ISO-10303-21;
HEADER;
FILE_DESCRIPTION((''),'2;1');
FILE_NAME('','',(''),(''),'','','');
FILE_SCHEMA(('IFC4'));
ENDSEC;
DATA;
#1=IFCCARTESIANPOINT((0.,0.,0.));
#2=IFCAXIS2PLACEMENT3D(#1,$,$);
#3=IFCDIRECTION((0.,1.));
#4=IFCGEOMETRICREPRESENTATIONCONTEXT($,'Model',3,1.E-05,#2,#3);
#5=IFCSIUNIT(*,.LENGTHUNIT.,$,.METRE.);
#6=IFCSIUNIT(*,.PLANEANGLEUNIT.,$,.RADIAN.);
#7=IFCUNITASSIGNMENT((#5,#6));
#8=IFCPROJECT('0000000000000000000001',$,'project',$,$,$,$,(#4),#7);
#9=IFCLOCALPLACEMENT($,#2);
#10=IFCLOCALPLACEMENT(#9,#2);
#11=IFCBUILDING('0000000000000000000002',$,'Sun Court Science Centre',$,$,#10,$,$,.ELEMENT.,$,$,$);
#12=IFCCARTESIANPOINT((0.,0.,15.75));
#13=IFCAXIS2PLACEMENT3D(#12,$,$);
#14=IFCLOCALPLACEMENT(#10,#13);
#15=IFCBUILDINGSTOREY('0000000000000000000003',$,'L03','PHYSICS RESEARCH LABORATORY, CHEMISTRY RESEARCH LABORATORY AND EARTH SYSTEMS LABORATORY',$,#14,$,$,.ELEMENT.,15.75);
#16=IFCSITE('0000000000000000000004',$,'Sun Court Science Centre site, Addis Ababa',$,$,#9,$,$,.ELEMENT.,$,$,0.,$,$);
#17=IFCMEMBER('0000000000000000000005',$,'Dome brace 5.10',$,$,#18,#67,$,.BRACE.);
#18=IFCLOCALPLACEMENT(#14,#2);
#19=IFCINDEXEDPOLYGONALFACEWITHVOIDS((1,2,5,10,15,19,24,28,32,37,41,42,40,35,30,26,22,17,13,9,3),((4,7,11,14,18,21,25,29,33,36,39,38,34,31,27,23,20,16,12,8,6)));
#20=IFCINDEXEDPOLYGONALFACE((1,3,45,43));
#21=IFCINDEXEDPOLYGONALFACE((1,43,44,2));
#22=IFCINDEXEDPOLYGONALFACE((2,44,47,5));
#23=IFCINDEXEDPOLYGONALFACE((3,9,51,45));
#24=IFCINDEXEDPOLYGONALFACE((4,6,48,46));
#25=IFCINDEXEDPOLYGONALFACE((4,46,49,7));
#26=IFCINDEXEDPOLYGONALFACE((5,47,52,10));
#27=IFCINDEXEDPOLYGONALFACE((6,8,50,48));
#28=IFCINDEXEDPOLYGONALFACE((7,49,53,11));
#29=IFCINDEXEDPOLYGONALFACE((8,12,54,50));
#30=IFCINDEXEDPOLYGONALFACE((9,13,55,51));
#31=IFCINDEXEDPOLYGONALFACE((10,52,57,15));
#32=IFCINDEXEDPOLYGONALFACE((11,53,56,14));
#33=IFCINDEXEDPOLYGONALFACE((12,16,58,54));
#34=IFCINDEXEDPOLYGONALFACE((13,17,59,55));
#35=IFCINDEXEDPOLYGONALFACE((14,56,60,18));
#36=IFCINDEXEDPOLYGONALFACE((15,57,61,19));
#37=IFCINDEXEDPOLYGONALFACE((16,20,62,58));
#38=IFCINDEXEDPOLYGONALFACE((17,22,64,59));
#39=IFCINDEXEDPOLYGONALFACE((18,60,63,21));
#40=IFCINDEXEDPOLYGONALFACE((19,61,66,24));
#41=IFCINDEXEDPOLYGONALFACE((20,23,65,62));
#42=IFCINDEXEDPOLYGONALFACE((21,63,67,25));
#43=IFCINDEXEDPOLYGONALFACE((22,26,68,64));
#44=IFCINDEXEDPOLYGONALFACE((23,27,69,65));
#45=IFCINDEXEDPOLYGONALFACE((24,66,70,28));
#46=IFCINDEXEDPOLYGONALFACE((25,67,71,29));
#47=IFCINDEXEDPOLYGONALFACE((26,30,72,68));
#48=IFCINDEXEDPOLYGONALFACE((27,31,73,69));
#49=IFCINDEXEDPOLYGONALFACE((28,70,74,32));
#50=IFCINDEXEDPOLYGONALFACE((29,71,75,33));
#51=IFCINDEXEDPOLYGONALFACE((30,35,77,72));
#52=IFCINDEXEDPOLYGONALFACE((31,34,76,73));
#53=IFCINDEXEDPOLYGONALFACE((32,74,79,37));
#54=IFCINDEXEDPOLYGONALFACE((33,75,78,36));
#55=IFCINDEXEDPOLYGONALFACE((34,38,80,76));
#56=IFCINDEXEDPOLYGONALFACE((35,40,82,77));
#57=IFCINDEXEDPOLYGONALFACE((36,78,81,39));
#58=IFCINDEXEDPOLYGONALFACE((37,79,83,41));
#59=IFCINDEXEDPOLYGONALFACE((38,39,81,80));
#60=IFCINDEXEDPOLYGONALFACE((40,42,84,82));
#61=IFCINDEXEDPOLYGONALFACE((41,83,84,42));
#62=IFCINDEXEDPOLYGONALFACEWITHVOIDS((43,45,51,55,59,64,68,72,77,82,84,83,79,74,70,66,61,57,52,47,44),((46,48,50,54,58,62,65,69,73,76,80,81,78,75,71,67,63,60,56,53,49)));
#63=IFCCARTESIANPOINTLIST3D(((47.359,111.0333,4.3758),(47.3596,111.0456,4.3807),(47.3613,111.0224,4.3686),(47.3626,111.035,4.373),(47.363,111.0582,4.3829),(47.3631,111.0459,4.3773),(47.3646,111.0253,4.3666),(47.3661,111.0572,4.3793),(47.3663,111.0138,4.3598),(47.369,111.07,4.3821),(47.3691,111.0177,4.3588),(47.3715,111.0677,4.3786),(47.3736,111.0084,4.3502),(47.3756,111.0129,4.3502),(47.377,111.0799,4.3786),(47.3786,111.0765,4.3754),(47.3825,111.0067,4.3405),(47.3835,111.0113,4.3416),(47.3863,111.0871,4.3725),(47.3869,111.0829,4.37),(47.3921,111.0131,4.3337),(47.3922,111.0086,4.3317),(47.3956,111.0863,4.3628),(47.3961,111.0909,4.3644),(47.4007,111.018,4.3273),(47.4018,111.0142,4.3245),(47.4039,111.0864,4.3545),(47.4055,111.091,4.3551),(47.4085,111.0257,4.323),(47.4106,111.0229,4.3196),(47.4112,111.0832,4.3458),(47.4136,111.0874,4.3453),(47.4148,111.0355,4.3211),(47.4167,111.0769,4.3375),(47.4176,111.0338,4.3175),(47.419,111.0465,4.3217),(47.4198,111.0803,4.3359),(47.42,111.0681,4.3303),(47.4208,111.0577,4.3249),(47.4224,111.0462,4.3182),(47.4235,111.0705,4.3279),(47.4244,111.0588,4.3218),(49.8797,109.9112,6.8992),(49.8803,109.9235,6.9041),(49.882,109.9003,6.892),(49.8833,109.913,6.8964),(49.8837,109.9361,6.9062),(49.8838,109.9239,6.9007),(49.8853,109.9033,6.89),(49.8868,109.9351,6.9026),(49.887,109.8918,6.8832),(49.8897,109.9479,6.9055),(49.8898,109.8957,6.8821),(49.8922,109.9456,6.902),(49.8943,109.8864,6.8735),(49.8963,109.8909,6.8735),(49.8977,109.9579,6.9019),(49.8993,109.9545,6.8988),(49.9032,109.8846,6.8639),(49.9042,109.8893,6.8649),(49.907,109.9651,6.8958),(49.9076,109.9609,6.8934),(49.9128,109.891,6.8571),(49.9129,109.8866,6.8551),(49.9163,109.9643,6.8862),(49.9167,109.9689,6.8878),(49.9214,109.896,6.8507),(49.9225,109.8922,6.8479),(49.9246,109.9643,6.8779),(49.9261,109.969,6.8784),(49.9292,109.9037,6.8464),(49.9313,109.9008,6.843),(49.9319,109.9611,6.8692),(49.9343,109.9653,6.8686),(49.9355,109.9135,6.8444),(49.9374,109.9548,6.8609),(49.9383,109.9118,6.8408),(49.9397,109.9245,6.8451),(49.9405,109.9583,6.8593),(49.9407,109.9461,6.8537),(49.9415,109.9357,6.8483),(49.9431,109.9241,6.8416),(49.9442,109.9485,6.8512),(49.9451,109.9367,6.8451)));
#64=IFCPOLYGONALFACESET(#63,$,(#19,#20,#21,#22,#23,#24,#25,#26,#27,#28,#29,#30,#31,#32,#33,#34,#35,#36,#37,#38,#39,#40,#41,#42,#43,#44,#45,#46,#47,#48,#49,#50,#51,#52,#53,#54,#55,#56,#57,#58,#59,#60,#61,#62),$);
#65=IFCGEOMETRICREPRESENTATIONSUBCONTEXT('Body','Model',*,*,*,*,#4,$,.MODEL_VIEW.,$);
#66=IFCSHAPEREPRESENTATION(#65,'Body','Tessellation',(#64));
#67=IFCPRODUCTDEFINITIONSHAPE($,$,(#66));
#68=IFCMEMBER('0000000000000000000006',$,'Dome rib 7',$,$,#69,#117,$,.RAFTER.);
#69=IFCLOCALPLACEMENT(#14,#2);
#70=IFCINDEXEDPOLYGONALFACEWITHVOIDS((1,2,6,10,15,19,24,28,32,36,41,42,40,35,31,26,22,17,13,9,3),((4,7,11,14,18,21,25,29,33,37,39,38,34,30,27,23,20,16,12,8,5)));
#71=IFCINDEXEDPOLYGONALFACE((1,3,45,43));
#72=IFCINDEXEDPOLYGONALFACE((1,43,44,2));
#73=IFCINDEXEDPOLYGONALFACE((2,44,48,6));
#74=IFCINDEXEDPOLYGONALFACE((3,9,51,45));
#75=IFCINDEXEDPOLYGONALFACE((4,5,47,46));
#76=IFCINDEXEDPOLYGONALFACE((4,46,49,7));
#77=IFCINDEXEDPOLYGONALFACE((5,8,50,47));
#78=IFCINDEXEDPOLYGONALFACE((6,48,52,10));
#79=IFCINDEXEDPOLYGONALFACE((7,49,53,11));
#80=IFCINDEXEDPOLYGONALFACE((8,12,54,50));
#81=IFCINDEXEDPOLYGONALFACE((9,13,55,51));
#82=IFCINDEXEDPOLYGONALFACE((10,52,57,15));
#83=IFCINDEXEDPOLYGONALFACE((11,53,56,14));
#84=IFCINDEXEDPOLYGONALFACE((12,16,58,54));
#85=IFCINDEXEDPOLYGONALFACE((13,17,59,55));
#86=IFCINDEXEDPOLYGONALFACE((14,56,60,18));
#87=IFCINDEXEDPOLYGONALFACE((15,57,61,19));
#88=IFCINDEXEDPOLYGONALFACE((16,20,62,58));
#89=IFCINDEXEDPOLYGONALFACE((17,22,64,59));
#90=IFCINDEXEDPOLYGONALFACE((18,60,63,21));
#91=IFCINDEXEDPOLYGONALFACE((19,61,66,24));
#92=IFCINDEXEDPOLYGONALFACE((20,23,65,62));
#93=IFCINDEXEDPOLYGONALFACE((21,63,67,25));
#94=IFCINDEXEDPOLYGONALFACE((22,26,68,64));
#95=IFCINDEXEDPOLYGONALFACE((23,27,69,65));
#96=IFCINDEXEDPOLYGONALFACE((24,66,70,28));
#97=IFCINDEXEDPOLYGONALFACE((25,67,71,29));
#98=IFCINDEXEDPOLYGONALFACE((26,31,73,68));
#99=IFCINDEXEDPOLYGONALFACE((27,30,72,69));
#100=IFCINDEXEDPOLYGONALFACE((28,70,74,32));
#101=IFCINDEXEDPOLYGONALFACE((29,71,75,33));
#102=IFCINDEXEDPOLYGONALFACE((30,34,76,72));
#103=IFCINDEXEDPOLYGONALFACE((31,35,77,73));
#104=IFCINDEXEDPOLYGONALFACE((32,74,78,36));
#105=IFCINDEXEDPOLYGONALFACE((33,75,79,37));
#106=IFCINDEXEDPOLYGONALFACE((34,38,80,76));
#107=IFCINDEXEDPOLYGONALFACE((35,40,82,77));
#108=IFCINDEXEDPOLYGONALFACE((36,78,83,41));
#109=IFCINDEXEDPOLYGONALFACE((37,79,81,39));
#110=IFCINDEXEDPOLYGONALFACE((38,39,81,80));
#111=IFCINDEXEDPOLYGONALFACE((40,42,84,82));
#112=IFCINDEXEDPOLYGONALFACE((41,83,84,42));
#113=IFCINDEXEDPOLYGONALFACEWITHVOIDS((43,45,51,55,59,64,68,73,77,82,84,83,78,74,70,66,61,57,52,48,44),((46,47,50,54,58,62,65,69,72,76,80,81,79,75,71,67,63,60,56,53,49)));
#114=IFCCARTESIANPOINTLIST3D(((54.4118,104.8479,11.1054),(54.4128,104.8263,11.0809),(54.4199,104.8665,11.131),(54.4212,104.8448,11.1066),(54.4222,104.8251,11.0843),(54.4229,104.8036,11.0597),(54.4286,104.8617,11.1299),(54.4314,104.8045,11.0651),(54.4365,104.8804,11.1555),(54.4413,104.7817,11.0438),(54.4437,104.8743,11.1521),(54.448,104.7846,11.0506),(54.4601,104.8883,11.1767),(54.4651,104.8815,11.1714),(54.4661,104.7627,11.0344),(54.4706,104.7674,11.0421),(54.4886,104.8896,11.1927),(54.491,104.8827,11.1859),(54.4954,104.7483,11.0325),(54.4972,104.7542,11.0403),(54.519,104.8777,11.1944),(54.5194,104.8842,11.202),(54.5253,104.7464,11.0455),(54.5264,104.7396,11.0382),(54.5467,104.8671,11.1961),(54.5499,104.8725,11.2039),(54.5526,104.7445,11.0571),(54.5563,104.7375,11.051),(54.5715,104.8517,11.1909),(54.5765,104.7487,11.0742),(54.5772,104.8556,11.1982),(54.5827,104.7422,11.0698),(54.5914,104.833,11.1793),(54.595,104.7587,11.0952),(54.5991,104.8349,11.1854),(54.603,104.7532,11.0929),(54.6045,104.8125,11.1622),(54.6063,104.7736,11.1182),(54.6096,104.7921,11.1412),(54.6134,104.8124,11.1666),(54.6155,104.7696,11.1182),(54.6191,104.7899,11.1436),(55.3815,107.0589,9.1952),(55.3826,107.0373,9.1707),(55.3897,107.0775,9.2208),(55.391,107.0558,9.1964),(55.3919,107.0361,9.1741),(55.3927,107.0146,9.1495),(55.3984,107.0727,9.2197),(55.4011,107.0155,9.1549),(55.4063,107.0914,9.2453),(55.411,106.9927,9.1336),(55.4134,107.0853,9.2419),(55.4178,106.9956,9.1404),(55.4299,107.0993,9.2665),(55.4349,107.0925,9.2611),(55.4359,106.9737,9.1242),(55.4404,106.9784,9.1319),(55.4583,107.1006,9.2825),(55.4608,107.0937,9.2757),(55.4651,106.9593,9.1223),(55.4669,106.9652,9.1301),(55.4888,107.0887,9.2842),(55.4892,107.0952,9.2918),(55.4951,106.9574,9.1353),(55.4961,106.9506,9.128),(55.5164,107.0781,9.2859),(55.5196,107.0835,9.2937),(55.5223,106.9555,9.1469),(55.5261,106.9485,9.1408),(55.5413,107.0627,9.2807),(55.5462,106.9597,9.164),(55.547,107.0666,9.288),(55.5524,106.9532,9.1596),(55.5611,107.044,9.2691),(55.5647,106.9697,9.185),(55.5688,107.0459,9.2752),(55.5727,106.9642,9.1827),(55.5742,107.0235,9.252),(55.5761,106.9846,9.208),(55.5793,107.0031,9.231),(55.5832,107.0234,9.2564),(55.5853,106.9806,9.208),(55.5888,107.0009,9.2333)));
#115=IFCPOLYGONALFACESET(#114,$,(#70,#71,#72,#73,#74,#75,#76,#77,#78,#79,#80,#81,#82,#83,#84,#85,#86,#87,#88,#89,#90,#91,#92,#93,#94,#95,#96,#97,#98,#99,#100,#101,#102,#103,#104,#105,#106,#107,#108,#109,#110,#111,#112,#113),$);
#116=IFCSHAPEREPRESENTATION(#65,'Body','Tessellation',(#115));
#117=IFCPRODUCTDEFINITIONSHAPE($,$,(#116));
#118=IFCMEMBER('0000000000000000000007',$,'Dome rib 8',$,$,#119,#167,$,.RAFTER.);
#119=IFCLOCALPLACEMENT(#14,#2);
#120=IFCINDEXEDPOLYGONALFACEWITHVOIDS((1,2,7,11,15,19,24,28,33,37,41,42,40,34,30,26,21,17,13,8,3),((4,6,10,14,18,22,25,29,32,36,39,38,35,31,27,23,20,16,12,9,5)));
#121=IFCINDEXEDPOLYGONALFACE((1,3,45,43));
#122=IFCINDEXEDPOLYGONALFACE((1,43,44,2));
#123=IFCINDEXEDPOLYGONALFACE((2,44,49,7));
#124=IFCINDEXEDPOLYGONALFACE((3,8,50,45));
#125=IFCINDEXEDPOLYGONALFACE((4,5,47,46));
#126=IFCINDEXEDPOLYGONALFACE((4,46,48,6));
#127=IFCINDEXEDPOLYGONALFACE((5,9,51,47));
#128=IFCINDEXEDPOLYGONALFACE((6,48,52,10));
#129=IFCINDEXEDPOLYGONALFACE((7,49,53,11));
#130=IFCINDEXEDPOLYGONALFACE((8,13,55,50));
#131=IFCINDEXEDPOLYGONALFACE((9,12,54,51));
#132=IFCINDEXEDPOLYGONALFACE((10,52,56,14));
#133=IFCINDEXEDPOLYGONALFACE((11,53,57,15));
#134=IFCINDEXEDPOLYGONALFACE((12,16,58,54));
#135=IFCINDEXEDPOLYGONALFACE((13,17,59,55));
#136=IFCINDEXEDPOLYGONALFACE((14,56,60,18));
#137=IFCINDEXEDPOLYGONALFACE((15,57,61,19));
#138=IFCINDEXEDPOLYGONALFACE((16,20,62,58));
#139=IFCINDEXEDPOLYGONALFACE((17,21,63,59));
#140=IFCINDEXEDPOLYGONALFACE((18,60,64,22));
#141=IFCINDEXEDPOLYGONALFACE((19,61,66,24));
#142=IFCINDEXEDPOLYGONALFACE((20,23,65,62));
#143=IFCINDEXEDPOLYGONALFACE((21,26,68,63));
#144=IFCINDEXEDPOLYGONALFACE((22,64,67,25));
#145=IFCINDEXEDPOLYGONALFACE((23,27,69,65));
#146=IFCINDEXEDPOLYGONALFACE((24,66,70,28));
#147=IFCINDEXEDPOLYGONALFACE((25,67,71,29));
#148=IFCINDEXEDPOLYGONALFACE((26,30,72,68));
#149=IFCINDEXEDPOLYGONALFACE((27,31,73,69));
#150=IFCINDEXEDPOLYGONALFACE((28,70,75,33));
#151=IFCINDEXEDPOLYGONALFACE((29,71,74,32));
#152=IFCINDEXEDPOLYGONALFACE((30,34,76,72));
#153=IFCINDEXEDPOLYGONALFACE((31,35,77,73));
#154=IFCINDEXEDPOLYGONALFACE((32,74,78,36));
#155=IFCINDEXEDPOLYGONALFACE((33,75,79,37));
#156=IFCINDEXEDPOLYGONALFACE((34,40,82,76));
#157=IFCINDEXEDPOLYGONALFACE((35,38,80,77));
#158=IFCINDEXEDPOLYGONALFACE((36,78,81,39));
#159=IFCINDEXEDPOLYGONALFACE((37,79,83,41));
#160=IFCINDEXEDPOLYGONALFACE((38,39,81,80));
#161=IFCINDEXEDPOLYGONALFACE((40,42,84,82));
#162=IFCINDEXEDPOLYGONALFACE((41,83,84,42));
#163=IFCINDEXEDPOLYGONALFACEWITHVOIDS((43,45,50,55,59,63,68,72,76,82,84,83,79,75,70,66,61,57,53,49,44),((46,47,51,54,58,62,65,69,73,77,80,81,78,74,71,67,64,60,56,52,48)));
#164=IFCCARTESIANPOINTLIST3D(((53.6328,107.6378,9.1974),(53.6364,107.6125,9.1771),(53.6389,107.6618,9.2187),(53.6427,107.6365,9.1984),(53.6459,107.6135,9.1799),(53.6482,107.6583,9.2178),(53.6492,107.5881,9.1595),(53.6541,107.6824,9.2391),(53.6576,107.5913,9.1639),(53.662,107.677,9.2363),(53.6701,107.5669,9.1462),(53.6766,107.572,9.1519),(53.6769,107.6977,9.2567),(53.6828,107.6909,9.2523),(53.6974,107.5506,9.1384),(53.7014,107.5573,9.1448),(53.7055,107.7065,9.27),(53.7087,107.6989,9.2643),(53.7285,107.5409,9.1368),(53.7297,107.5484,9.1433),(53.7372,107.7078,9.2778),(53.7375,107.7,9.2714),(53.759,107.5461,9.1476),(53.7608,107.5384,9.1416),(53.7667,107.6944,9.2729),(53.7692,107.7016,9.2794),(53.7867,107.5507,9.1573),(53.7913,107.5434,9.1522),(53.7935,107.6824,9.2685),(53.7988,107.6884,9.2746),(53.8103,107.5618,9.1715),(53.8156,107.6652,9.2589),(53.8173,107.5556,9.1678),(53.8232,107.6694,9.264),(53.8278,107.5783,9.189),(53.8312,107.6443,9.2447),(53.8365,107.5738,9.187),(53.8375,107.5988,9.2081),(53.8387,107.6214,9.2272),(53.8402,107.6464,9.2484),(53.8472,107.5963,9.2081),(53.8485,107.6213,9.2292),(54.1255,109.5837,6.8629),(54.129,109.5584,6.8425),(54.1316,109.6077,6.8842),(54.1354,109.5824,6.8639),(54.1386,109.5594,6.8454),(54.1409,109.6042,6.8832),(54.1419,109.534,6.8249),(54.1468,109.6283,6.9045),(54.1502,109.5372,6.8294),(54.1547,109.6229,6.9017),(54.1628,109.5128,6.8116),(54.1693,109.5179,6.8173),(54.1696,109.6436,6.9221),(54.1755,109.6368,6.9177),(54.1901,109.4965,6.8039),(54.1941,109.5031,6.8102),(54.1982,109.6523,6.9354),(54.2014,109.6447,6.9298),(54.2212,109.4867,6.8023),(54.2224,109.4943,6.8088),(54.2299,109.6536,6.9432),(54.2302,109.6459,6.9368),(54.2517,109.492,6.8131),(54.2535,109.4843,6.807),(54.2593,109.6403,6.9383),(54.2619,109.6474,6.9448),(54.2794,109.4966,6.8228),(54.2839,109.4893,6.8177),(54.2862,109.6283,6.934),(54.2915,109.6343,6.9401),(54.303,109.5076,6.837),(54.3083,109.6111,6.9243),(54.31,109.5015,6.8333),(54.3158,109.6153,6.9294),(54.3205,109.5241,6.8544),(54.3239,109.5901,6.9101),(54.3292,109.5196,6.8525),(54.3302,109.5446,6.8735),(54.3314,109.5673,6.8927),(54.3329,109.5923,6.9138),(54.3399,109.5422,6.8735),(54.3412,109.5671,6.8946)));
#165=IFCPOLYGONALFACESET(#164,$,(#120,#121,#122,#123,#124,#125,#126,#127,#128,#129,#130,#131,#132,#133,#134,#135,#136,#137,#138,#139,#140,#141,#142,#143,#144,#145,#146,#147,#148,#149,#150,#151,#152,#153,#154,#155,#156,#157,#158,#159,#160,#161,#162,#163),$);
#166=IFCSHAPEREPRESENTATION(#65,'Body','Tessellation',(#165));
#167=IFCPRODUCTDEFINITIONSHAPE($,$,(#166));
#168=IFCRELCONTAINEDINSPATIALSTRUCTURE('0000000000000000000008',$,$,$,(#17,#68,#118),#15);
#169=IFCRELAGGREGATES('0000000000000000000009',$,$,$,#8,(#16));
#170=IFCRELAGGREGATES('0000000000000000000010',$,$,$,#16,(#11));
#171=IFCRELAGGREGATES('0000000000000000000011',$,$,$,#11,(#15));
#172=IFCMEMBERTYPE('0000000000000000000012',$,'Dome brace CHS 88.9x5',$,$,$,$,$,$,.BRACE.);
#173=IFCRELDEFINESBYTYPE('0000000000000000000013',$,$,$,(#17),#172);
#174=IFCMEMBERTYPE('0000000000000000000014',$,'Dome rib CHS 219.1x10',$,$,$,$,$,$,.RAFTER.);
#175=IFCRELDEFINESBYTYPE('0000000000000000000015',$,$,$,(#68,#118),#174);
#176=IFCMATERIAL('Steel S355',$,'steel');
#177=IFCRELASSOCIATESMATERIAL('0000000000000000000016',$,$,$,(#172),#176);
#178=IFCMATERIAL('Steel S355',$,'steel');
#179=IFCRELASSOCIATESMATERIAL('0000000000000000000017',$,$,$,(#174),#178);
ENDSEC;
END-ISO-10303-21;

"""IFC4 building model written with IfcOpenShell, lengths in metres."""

from ifc_helpers import new_model, si_unit, direction, frame, origin, origin_2d, place, context, subcontext, project, spatial, hollow_circle, extrude, material, material_profile, profile_set, type_object, element, save


model = new_model("IFC4")

# Units and contexts
model_context = context("Model", 3, precision=1e-05, world=origin(), true_north=direction((0.0, 1.0)))
body_context = subcontext(model_context, "Body", "Model", "MODEL_VIEW")
ifc_project = project(units=[si_unit("LENGTHUNIT", "METRE"), si_unit("PLANEANGLEUNIT", "RADIAN")], contexts=[model_context])

# Site, building, storey
site_placement = place(None, origin())
site = spatial("IfcSite", under=ifc_project, at=site_placement, Name="Sun Court Science Centre site, Addis Ababa", CompositionType="ELEMENT", RefElevation=0.0)
building_placement = place(site_placement, origin())
building = spatial("IfcBuilding", under=site, at=building_placement, Name="Sun Court Science Centre", CompositionType="ELEMENT")
storey_placement = place(building_placement, frame((0.0, 0.0, 15.75)))
storey = spatial("IfcBuildingStorey", under=building, at=storey_placement, Name="L03", Description="PHYSICS RESEARCH LABORATORY, CHEMISTRY RESEARCH LABORATORY AND EARTH SYSTEMS LABORATORY", CompositionType="ELEMENT", Elevation=15.75)

# Members
ifc_material_1 = material(Name="Steel S355", Category="steel")
ifc_material_profile_1 = material_profile(ifc_material_1, hollow_circle(Radius=0.0444, WallThickness=0.0049, at=origin_2d()), Name="CHS 88.9x5")
ifc_profile_set_1 = profile_set([ifc_material_profile_1], Name="Steel S355")
member_type_1 = type_object("IfcMemberType", Name="Dome brace CHS 88.9x5", PredefinedType="BRACE", material=ifc_profile_set_1)
for number, where, z_axis, x_axis, name in (
    (1, (49.9124, 109.927, 6.8735), (-0.674158, 0.30009, -0.674876), (-0.406664, -0.913578, 0.0), "Dome brace 5.10"),
):
    element("IfcMember", number, at=place(storey_placement, frame(where, z_axis=z_axis, x_axis=x_axis)), inside=storey, type_object=member_type_1, Name=name, PredefinedType="BRACE", context=body_context, shape_type="SweptSolid", body=[
        extrude(hollow_circle(Radius=0.0444, WallThickness=0.0049, at=origin_2d()), origin(), (0.0, 0.0, 1.0), 3.739),
    ])
ifc_material_2 = material(Name="Steel S355", Category="steel")
ifc_material_profile_2 = material_profile(ifc_material_2, hollow_circle(Radius=0.1096, WallThickness=0.01, at=origin_2d()), Name="CHS 219.1x10")
ifc_profile_set_2 = profile_set([ifc_material_profile_2], Name="Steel S355")
member_type_2 = type_object("IfcMemberType", Name="Dome rib CHS 219.1x10", PredefinedType="RAFTER", material=ifc_profile_set_2)
member_1_placement = place(storey_placement, frame((55.4849, 107.0247, 9.208), z_axis=(-0.314997, -0.718181, 0.620478), x_axis=(0.915786, -0.401667, 0.0)))
element("IfcMember", 2, at=member_1_placement, inside=storey, type_object=member_type_2, Name="Dome rib 7", PredefinedType="RAFTER", context=body_context, shape_type="SweptSolid", body=[
    extrude(hollow_circle(Radius=0.1096, WallThickness=0.01, at=origin_2d()), origin(), (0.0, 0.0, 1.0), 3.0786),
])
member_2_placement = place(storey_placement, frame((54.2336, 109.5691, 6.8735), z_axis=(-0.160025, -0.632012, 0.758256), x_axis=(0.969408, -0.245454, 0.0)))
element("IfcMember", 3, at=member_2_placement, inside=storey, type_object=member_type_2, Name="Dome rib 8", PredefinedType="RAFTER", context=body_context, shape_type="SweptSolid", body=[
    extrude(hollow_circle(Radius=0.1096, WallThickness=0.01, at=origin_2d()), origin(), (0.0, 0.0, 1.0), 3.0789),
])

save(model, "model.ifc")
